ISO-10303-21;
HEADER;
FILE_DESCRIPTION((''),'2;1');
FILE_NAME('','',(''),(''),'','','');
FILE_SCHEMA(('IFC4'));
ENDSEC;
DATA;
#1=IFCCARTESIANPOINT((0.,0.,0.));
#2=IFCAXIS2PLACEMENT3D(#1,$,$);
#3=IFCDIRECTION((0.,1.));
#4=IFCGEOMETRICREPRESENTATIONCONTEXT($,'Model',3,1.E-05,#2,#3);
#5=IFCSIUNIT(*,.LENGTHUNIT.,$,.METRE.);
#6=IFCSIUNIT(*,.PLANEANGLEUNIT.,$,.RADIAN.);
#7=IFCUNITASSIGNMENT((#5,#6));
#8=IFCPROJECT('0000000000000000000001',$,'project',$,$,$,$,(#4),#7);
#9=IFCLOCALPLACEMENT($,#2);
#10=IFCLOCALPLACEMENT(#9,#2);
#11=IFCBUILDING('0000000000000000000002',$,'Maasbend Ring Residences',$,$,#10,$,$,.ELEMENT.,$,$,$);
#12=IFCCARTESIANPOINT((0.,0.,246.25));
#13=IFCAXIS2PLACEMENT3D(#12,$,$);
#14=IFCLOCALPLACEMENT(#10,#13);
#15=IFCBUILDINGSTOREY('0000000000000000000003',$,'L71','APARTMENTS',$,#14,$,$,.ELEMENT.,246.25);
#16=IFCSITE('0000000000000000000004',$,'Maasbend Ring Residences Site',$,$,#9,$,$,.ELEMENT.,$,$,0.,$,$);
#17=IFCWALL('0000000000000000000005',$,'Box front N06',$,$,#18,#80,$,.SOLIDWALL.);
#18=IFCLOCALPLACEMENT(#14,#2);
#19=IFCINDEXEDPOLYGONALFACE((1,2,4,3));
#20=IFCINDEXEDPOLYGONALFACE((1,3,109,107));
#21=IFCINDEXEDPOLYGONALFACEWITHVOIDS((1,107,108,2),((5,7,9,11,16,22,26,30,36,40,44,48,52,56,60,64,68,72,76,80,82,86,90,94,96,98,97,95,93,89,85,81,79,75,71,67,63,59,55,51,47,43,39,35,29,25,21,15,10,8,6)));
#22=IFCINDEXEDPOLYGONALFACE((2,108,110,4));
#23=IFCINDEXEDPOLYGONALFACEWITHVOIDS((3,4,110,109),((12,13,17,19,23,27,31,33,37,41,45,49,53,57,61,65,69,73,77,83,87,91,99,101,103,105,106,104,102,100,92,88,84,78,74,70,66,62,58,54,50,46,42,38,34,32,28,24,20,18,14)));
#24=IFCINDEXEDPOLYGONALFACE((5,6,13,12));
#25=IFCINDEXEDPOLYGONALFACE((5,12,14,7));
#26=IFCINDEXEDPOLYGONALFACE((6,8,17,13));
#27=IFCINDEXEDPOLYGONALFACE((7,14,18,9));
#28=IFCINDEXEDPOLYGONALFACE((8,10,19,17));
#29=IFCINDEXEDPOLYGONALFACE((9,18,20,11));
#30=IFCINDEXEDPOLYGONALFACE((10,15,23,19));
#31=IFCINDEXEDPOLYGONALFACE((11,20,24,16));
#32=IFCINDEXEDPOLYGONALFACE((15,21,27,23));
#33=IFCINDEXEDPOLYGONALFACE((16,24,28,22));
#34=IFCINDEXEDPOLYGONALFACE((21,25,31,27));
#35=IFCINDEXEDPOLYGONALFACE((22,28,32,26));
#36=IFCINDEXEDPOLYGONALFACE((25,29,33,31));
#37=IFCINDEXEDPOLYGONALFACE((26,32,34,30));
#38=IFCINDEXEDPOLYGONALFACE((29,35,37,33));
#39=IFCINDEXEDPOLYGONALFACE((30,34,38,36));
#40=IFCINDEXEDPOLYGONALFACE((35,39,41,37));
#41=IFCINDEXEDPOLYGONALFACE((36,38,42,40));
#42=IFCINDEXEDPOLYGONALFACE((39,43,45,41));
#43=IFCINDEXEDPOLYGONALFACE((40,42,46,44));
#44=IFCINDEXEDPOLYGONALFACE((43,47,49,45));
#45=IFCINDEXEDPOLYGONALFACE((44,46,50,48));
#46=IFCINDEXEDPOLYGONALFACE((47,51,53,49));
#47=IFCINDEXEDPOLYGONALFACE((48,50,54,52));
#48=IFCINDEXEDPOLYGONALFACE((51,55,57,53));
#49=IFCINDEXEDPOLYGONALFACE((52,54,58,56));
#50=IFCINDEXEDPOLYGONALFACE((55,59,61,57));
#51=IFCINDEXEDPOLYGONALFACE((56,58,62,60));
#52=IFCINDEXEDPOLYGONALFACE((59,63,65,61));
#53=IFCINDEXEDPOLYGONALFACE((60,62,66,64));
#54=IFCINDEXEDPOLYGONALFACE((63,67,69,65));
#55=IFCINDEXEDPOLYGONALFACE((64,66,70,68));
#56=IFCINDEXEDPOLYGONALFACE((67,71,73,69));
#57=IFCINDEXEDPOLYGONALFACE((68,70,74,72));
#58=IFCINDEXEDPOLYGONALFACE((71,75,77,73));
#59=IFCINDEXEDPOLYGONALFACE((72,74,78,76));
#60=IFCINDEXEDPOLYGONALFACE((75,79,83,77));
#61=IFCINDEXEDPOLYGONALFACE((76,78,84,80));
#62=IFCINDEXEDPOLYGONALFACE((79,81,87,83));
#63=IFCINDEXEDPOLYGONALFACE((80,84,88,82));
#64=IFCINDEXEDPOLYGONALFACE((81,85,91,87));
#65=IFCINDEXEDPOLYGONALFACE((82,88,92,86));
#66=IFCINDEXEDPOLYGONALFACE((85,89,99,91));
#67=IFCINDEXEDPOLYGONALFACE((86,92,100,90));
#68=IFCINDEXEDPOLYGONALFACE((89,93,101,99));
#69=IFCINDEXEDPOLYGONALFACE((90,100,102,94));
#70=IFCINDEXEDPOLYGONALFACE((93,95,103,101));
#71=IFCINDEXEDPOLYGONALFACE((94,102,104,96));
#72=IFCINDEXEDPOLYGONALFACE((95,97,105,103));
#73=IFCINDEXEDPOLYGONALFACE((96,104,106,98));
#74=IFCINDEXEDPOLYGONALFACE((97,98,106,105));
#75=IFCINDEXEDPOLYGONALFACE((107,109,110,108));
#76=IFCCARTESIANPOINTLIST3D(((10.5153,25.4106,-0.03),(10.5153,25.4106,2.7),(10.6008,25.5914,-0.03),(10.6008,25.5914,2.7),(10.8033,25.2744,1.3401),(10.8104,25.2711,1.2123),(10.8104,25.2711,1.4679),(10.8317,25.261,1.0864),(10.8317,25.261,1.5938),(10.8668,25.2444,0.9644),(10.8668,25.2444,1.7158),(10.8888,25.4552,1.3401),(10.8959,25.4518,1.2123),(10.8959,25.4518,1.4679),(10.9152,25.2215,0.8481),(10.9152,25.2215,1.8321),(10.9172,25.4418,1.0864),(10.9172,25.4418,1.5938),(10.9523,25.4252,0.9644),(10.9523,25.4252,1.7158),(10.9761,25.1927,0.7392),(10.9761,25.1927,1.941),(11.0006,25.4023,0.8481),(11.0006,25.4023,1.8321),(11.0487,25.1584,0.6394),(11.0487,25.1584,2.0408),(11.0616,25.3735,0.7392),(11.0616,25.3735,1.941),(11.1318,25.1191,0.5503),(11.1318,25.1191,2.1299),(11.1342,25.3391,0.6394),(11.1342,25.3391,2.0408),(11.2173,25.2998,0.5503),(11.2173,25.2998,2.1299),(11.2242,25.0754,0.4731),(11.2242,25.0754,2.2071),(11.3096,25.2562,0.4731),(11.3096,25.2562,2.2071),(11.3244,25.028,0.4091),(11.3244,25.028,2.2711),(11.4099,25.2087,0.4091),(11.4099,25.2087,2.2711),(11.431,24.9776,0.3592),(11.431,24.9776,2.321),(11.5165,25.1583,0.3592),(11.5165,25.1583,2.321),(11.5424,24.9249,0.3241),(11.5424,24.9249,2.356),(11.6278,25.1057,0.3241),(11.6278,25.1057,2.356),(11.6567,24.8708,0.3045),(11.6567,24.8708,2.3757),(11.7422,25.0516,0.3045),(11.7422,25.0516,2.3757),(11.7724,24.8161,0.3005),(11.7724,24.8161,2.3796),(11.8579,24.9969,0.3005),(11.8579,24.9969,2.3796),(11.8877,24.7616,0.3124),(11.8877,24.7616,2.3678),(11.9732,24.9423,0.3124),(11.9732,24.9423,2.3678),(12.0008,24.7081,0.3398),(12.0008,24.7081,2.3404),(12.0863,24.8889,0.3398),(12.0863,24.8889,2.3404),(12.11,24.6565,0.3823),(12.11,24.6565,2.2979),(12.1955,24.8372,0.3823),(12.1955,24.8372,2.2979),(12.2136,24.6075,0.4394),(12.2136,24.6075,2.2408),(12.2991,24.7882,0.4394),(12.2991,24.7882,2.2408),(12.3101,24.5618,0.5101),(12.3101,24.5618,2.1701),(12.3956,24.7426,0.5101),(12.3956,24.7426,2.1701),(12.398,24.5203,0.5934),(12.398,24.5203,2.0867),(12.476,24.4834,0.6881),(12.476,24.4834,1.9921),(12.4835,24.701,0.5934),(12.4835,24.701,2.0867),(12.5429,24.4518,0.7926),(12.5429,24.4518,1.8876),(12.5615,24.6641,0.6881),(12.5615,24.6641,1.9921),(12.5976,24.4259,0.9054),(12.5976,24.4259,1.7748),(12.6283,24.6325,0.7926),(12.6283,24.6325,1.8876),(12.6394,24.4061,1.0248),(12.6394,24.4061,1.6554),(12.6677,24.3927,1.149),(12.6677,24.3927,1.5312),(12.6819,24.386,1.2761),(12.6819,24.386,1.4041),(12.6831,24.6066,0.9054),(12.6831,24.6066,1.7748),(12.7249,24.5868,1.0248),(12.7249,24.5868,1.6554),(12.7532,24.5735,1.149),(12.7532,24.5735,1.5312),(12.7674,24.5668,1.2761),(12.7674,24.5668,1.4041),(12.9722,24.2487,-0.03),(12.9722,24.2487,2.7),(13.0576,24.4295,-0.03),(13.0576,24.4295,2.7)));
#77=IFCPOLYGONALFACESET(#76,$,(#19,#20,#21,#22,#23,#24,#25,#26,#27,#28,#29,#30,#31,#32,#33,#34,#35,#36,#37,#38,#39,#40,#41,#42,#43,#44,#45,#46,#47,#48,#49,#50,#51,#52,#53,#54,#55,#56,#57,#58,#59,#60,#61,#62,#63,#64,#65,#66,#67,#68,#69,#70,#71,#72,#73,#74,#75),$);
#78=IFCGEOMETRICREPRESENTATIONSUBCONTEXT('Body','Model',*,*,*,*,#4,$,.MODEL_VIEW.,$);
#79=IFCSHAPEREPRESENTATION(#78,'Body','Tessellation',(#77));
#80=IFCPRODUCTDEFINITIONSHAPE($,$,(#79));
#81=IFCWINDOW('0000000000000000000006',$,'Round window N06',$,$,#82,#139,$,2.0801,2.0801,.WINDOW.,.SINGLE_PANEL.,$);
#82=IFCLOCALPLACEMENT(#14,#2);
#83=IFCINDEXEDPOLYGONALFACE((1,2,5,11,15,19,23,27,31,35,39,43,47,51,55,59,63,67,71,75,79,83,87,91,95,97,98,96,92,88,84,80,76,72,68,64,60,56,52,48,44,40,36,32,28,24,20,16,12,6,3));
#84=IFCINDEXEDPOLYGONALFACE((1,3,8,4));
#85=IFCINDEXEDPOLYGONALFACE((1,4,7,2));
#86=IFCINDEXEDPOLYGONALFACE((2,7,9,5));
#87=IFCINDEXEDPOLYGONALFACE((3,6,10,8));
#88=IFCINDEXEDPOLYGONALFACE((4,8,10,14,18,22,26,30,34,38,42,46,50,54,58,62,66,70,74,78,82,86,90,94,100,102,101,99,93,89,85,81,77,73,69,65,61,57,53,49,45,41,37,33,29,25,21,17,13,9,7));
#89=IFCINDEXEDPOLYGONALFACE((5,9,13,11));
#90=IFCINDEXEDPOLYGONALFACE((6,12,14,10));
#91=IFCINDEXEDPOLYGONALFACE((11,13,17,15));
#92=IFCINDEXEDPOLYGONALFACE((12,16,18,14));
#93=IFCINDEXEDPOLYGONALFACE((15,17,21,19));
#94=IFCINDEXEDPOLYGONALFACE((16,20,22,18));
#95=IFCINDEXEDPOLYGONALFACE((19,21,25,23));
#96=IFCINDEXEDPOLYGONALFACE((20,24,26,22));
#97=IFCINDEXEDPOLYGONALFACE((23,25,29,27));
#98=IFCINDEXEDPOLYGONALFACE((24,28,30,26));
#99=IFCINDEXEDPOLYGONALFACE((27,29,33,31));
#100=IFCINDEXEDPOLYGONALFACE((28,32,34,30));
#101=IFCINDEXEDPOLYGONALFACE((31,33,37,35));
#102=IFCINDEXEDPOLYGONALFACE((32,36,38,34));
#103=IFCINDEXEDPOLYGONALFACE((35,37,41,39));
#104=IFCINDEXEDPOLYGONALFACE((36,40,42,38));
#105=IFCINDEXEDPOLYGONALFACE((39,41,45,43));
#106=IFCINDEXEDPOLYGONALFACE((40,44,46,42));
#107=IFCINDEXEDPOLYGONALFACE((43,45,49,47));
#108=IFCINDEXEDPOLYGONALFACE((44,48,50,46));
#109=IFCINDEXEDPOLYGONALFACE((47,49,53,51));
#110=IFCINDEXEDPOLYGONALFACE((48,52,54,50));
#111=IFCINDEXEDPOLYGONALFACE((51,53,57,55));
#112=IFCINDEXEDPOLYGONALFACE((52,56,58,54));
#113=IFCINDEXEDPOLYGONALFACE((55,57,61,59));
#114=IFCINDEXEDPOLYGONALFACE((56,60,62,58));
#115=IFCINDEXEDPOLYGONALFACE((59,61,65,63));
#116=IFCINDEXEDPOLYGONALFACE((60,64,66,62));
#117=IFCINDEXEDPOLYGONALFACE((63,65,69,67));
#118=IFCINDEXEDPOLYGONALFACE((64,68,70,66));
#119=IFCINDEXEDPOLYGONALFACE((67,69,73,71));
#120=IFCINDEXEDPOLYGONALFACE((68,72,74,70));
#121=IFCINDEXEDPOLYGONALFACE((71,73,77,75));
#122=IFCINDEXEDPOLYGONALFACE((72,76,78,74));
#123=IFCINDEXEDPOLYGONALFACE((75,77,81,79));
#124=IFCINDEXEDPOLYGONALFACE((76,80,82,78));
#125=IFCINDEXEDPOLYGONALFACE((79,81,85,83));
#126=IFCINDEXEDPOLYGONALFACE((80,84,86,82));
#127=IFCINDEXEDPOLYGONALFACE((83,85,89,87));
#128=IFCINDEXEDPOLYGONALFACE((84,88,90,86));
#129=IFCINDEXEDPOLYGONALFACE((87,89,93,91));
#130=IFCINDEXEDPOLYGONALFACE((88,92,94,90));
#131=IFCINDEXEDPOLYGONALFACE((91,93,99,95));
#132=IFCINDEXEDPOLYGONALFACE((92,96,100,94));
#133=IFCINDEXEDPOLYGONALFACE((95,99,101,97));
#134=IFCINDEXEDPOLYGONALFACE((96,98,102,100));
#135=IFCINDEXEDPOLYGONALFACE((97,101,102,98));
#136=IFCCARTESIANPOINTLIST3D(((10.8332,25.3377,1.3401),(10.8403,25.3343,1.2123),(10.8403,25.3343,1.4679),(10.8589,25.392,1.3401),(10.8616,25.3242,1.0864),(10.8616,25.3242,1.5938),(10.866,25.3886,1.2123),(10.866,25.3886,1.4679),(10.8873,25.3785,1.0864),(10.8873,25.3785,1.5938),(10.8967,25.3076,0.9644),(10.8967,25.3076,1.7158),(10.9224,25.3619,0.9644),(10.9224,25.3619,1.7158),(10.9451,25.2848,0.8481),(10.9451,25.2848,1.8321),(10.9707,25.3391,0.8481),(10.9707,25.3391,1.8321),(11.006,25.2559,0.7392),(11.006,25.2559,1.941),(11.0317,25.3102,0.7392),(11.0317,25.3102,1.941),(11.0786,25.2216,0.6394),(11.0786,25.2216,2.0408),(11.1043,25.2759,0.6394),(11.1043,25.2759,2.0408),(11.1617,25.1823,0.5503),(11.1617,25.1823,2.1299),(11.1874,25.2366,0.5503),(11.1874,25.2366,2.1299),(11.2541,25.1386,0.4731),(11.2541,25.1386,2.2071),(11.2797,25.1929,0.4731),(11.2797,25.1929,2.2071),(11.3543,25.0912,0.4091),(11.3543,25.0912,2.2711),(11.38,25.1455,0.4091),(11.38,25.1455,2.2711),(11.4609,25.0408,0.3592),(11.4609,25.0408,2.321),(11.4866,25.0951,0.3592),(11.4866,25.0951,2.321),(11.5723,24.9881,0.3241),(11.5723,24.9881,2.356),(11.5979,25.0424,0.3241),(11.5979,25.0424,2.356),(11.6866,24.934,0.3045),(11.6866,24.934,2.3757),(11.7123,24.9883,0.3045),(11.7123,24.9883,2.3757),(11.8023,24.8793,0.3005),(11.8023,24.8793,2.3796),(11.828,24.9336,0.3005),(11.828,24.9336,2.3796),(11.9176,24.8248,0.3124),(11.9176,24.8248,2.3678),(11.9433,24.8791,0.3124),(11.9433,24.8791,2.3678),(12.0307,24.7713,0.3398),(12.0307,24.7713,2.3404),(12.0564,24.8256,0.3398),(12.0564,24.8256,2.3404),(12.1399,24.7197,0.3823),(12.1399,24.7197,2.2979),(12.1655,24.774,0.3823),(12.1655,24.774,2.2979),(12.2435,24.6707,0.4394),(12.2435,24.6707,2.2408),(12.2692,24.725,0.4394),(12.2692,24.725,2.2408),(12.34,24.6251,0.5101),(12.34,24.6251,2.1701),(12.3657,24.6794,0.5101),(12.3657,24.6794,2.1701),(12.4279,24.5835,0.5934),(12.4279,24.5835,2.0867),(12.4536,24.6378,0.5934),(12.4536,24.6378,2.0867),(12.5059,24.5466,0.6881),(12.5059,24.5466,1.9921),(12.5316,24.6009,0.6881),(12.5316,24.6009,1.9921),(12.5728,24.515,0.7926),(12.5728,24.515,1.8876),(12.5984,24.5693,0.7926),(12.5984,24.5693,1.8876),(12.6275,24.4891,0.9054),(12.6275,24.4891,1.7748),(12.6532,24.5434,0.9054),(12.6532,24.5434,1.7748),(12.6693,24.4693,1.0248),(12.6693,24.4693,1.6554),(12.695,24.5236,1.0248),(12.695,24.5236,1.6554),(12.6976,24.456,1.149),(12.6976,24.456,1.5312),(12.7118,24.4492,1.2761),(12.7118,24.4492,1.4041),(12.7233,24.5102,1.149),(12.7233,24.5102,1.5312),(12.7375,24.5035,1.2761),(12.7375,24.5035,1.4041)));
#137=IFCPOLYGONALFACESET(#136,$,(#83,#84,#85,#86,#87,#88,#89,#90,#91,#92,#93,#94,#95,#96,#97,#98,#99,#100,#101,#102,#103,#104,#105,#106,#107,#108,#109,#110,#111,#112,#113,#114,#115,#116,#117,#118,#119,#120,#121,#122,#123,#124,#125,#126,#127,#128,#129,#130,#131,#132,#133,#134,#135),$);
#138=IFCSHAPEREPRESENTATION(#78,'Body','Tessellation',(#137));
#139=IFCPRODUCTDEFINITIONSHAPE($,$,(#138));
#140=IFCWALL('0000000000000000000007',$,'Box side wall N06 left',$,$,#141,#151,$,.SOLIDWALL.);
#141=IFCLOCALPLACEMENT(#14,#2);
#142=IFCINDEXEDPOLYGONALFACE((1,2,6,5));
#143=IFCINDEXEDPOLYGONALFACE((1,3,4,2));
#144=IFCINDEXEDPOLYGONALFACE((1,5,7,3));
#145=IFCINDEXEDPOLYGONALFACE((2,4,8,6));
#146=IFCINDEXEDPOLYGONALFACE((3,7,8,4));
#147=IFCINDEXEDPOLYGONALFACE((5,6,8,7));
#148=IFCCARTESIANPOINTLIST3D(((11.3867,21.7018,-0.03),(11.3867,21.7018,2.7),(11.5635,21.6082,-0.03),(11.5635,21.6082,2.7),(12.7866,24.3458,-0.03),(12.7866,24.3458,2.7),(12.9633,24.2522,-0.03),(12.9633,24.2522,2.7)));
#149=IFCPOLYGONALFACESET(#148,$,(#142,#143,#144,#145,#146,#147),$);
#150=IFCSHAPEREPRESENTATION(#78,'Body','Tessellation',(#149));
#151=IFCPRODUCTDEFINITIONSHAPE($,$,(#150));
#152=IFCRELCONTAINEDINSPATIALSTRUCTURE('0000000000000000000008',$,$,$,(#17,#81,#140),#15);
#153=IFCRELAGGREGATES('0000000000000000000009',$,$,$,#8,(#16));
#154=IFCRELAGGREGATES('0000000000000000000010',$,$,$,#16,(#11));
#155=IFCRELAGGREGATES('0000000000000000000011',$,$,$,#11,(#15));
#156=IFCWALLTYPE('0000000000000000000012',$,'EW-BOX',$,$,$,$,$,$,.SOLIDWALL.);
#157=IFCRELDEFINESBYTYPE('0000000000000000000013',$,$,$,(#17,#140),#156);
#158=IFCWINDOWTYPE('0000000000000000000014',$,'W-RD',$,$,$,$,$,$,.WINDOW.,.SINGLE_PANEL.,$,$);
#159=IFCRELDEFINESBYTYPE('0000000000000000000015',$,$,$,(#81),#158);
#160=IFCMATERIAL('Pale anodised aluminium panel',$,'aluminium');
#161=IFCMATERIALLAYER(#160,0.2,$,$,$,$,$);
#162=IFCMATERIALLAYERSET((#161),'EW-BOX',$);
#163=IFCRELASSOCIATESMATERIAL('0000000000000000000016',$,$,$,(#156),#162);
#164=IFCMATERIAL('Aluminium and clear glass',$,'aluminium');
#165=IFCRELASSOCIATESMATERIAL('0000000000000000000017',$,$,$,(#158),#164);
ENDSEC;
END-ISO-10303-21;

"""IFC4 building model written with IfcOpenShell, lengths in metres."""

from ifc_helpers import new_model, si_unit, direction, frame, frame_2d, origin, place, context, subcontext, project, spatial, rectangle, circle, extrude, material, layer, layer_set, type_object, element, fill, save


model = new_model("IFC4")

# Units and contexts
model_context = context("Model", 3, precision=1e-05, world=origin(), true_north=direction((0.0, 1.0)))
body_context = subcontext(model_context, "Body", "Model", "MODEL_VIEW")
ifc_project = project(units=[si_unit("LENGTHUNIT", "METRE"), si_unit("PLANEANGLEUNIT", "RADIAN")], contexts=[model_context])

# Site, building, storey
site_placement = place(None, origin())
site = spatial("IfcSite", under=ifc_project, at=site_placement, Name="Maasbend Ring Residences Site", CompositionType="ELEMENT", RefElevation=0.0)
building_placement = place(site_placement, origin())
building = spatial("IfcBuilding", under=site, at=building_placement, Name="Maasbend Ring Residences", CompositionType="ELEMENT")
storey_placement = place(building_placement, frame((0.0, 0.0, 246.25)))
storey = spatial("IfcBuildingStorey", under=building, at=storey_placement, Name="L71", Description="APARTMENTS", CompositionType="ELEMENT", Elevation=246.25)

# Shared definitions
ifc_material_1 = material(Name="Pale anodised aluminium panel", Category="aluminium")
ifc_layer_1 = layer(ifc_material_1, 0.2)
ifc_layer_set_1 = layer_set([ifc_layer_1], Name="EW-BOX")
wall_type_1 = type_object("IfcWallType", Name="EW-BOX", PredefinedType="SOLIDWALL", material=ifc_layer_set_1)
ifc_material_2 = material(Name="Aluminium and clear glass", Category="aluminium")
window_type_1 = type_object("IfcWindowType", Name="W-RD", PartitioningType="SINGLE_PANEL", PredefinedType="WINDOW", material=ifc_material_2)

# Wall, opening, window
wall_1_placement = place(storey_placement, frame((13.0149, 24.3391, -0.03), z_axis=(0.0, 0.0, 1.0), x_axis=(-0.904005, 0.427522, 0.0)))
wall_1 = element("IfcWall", 1, at=wall_1_placement, inside=storey, type_object=wall_type_1, Name="Box front N06", PredefinedType="SOLIDWALL", context=body_context, shape_type="SweptSolid", body=[
    extrude(rectangle(XDim=2.7178, YDim=0.2, at=frame_2d((1.3589, 0.0))), origin(), (0.0, 0.0, 1.0), 2.73),
])
opening_1_placement = place(wall_1_placement, frame((0.3191, 0.0, 0.3301)))
opening_1 = element("IfcOpeningElement", 2, at=opening_1_placement, cuts=wall_1, PredefinedType="OPENING", context=body_context, shape_type="SweptSolid", body=[
    extrude(circle(Radius=1.04, at=frame_2d((1.04, 1.04))), frame((0.0, 0.1099, 0.0), z_axis=(0.0, -1.0, 0.0), x_axis=(1.0, 0.0, 0.0)), (0.0, 0.0, 1.0), 0.22),
])
window_1_placement = place(opening_1_placement, origin())
window_1 = element("IfcWindow", 3, at=window_1_placement, inside=storey, type_object=window_type_1, Name="Round window N06", OverallHeight=2.0801, OverallWidth=2.0801, PartitioningType="SINGLE_PANEL", PredefinedType="WINDOW", context=body_context, shape_type="SweptSolid", body=[
    extrude(circle(Radius=1.04, at=frame_2d((1.04, 1.04))), frame((0.0, 0.03, 0.0), z_axis=(0.0, -1.0, 0.0), x_axis=(1.0, 0.0, 0.0)), (0.0, 0.0, 1.0), 0.0601),
])
fill(opening_1, window_1)

# Wall
wall_2_placement = place(storey_placement, frame((11.4751, 21.655, -0.03), z_axis=(0.0, 0.0, 1.0), x_axis=(0.467918, 0.883772, 0.0)))
element("IfcWall", 4, at=wall_2_placement, inside=storey, type_object=wall_type_1, Name="Box side wall N06 left", PredefinedType="SOLIDWALL", context=body_context, shape_type="SweptSolid", body=[
    extrude(rectangle(XDim=2.9917, YDim=0.2, at=frame_2d((1.4958, 0.0))), origin(), (0.0, 0.0, 1.0), 2.73),
])

save(model, "model.ifc")
